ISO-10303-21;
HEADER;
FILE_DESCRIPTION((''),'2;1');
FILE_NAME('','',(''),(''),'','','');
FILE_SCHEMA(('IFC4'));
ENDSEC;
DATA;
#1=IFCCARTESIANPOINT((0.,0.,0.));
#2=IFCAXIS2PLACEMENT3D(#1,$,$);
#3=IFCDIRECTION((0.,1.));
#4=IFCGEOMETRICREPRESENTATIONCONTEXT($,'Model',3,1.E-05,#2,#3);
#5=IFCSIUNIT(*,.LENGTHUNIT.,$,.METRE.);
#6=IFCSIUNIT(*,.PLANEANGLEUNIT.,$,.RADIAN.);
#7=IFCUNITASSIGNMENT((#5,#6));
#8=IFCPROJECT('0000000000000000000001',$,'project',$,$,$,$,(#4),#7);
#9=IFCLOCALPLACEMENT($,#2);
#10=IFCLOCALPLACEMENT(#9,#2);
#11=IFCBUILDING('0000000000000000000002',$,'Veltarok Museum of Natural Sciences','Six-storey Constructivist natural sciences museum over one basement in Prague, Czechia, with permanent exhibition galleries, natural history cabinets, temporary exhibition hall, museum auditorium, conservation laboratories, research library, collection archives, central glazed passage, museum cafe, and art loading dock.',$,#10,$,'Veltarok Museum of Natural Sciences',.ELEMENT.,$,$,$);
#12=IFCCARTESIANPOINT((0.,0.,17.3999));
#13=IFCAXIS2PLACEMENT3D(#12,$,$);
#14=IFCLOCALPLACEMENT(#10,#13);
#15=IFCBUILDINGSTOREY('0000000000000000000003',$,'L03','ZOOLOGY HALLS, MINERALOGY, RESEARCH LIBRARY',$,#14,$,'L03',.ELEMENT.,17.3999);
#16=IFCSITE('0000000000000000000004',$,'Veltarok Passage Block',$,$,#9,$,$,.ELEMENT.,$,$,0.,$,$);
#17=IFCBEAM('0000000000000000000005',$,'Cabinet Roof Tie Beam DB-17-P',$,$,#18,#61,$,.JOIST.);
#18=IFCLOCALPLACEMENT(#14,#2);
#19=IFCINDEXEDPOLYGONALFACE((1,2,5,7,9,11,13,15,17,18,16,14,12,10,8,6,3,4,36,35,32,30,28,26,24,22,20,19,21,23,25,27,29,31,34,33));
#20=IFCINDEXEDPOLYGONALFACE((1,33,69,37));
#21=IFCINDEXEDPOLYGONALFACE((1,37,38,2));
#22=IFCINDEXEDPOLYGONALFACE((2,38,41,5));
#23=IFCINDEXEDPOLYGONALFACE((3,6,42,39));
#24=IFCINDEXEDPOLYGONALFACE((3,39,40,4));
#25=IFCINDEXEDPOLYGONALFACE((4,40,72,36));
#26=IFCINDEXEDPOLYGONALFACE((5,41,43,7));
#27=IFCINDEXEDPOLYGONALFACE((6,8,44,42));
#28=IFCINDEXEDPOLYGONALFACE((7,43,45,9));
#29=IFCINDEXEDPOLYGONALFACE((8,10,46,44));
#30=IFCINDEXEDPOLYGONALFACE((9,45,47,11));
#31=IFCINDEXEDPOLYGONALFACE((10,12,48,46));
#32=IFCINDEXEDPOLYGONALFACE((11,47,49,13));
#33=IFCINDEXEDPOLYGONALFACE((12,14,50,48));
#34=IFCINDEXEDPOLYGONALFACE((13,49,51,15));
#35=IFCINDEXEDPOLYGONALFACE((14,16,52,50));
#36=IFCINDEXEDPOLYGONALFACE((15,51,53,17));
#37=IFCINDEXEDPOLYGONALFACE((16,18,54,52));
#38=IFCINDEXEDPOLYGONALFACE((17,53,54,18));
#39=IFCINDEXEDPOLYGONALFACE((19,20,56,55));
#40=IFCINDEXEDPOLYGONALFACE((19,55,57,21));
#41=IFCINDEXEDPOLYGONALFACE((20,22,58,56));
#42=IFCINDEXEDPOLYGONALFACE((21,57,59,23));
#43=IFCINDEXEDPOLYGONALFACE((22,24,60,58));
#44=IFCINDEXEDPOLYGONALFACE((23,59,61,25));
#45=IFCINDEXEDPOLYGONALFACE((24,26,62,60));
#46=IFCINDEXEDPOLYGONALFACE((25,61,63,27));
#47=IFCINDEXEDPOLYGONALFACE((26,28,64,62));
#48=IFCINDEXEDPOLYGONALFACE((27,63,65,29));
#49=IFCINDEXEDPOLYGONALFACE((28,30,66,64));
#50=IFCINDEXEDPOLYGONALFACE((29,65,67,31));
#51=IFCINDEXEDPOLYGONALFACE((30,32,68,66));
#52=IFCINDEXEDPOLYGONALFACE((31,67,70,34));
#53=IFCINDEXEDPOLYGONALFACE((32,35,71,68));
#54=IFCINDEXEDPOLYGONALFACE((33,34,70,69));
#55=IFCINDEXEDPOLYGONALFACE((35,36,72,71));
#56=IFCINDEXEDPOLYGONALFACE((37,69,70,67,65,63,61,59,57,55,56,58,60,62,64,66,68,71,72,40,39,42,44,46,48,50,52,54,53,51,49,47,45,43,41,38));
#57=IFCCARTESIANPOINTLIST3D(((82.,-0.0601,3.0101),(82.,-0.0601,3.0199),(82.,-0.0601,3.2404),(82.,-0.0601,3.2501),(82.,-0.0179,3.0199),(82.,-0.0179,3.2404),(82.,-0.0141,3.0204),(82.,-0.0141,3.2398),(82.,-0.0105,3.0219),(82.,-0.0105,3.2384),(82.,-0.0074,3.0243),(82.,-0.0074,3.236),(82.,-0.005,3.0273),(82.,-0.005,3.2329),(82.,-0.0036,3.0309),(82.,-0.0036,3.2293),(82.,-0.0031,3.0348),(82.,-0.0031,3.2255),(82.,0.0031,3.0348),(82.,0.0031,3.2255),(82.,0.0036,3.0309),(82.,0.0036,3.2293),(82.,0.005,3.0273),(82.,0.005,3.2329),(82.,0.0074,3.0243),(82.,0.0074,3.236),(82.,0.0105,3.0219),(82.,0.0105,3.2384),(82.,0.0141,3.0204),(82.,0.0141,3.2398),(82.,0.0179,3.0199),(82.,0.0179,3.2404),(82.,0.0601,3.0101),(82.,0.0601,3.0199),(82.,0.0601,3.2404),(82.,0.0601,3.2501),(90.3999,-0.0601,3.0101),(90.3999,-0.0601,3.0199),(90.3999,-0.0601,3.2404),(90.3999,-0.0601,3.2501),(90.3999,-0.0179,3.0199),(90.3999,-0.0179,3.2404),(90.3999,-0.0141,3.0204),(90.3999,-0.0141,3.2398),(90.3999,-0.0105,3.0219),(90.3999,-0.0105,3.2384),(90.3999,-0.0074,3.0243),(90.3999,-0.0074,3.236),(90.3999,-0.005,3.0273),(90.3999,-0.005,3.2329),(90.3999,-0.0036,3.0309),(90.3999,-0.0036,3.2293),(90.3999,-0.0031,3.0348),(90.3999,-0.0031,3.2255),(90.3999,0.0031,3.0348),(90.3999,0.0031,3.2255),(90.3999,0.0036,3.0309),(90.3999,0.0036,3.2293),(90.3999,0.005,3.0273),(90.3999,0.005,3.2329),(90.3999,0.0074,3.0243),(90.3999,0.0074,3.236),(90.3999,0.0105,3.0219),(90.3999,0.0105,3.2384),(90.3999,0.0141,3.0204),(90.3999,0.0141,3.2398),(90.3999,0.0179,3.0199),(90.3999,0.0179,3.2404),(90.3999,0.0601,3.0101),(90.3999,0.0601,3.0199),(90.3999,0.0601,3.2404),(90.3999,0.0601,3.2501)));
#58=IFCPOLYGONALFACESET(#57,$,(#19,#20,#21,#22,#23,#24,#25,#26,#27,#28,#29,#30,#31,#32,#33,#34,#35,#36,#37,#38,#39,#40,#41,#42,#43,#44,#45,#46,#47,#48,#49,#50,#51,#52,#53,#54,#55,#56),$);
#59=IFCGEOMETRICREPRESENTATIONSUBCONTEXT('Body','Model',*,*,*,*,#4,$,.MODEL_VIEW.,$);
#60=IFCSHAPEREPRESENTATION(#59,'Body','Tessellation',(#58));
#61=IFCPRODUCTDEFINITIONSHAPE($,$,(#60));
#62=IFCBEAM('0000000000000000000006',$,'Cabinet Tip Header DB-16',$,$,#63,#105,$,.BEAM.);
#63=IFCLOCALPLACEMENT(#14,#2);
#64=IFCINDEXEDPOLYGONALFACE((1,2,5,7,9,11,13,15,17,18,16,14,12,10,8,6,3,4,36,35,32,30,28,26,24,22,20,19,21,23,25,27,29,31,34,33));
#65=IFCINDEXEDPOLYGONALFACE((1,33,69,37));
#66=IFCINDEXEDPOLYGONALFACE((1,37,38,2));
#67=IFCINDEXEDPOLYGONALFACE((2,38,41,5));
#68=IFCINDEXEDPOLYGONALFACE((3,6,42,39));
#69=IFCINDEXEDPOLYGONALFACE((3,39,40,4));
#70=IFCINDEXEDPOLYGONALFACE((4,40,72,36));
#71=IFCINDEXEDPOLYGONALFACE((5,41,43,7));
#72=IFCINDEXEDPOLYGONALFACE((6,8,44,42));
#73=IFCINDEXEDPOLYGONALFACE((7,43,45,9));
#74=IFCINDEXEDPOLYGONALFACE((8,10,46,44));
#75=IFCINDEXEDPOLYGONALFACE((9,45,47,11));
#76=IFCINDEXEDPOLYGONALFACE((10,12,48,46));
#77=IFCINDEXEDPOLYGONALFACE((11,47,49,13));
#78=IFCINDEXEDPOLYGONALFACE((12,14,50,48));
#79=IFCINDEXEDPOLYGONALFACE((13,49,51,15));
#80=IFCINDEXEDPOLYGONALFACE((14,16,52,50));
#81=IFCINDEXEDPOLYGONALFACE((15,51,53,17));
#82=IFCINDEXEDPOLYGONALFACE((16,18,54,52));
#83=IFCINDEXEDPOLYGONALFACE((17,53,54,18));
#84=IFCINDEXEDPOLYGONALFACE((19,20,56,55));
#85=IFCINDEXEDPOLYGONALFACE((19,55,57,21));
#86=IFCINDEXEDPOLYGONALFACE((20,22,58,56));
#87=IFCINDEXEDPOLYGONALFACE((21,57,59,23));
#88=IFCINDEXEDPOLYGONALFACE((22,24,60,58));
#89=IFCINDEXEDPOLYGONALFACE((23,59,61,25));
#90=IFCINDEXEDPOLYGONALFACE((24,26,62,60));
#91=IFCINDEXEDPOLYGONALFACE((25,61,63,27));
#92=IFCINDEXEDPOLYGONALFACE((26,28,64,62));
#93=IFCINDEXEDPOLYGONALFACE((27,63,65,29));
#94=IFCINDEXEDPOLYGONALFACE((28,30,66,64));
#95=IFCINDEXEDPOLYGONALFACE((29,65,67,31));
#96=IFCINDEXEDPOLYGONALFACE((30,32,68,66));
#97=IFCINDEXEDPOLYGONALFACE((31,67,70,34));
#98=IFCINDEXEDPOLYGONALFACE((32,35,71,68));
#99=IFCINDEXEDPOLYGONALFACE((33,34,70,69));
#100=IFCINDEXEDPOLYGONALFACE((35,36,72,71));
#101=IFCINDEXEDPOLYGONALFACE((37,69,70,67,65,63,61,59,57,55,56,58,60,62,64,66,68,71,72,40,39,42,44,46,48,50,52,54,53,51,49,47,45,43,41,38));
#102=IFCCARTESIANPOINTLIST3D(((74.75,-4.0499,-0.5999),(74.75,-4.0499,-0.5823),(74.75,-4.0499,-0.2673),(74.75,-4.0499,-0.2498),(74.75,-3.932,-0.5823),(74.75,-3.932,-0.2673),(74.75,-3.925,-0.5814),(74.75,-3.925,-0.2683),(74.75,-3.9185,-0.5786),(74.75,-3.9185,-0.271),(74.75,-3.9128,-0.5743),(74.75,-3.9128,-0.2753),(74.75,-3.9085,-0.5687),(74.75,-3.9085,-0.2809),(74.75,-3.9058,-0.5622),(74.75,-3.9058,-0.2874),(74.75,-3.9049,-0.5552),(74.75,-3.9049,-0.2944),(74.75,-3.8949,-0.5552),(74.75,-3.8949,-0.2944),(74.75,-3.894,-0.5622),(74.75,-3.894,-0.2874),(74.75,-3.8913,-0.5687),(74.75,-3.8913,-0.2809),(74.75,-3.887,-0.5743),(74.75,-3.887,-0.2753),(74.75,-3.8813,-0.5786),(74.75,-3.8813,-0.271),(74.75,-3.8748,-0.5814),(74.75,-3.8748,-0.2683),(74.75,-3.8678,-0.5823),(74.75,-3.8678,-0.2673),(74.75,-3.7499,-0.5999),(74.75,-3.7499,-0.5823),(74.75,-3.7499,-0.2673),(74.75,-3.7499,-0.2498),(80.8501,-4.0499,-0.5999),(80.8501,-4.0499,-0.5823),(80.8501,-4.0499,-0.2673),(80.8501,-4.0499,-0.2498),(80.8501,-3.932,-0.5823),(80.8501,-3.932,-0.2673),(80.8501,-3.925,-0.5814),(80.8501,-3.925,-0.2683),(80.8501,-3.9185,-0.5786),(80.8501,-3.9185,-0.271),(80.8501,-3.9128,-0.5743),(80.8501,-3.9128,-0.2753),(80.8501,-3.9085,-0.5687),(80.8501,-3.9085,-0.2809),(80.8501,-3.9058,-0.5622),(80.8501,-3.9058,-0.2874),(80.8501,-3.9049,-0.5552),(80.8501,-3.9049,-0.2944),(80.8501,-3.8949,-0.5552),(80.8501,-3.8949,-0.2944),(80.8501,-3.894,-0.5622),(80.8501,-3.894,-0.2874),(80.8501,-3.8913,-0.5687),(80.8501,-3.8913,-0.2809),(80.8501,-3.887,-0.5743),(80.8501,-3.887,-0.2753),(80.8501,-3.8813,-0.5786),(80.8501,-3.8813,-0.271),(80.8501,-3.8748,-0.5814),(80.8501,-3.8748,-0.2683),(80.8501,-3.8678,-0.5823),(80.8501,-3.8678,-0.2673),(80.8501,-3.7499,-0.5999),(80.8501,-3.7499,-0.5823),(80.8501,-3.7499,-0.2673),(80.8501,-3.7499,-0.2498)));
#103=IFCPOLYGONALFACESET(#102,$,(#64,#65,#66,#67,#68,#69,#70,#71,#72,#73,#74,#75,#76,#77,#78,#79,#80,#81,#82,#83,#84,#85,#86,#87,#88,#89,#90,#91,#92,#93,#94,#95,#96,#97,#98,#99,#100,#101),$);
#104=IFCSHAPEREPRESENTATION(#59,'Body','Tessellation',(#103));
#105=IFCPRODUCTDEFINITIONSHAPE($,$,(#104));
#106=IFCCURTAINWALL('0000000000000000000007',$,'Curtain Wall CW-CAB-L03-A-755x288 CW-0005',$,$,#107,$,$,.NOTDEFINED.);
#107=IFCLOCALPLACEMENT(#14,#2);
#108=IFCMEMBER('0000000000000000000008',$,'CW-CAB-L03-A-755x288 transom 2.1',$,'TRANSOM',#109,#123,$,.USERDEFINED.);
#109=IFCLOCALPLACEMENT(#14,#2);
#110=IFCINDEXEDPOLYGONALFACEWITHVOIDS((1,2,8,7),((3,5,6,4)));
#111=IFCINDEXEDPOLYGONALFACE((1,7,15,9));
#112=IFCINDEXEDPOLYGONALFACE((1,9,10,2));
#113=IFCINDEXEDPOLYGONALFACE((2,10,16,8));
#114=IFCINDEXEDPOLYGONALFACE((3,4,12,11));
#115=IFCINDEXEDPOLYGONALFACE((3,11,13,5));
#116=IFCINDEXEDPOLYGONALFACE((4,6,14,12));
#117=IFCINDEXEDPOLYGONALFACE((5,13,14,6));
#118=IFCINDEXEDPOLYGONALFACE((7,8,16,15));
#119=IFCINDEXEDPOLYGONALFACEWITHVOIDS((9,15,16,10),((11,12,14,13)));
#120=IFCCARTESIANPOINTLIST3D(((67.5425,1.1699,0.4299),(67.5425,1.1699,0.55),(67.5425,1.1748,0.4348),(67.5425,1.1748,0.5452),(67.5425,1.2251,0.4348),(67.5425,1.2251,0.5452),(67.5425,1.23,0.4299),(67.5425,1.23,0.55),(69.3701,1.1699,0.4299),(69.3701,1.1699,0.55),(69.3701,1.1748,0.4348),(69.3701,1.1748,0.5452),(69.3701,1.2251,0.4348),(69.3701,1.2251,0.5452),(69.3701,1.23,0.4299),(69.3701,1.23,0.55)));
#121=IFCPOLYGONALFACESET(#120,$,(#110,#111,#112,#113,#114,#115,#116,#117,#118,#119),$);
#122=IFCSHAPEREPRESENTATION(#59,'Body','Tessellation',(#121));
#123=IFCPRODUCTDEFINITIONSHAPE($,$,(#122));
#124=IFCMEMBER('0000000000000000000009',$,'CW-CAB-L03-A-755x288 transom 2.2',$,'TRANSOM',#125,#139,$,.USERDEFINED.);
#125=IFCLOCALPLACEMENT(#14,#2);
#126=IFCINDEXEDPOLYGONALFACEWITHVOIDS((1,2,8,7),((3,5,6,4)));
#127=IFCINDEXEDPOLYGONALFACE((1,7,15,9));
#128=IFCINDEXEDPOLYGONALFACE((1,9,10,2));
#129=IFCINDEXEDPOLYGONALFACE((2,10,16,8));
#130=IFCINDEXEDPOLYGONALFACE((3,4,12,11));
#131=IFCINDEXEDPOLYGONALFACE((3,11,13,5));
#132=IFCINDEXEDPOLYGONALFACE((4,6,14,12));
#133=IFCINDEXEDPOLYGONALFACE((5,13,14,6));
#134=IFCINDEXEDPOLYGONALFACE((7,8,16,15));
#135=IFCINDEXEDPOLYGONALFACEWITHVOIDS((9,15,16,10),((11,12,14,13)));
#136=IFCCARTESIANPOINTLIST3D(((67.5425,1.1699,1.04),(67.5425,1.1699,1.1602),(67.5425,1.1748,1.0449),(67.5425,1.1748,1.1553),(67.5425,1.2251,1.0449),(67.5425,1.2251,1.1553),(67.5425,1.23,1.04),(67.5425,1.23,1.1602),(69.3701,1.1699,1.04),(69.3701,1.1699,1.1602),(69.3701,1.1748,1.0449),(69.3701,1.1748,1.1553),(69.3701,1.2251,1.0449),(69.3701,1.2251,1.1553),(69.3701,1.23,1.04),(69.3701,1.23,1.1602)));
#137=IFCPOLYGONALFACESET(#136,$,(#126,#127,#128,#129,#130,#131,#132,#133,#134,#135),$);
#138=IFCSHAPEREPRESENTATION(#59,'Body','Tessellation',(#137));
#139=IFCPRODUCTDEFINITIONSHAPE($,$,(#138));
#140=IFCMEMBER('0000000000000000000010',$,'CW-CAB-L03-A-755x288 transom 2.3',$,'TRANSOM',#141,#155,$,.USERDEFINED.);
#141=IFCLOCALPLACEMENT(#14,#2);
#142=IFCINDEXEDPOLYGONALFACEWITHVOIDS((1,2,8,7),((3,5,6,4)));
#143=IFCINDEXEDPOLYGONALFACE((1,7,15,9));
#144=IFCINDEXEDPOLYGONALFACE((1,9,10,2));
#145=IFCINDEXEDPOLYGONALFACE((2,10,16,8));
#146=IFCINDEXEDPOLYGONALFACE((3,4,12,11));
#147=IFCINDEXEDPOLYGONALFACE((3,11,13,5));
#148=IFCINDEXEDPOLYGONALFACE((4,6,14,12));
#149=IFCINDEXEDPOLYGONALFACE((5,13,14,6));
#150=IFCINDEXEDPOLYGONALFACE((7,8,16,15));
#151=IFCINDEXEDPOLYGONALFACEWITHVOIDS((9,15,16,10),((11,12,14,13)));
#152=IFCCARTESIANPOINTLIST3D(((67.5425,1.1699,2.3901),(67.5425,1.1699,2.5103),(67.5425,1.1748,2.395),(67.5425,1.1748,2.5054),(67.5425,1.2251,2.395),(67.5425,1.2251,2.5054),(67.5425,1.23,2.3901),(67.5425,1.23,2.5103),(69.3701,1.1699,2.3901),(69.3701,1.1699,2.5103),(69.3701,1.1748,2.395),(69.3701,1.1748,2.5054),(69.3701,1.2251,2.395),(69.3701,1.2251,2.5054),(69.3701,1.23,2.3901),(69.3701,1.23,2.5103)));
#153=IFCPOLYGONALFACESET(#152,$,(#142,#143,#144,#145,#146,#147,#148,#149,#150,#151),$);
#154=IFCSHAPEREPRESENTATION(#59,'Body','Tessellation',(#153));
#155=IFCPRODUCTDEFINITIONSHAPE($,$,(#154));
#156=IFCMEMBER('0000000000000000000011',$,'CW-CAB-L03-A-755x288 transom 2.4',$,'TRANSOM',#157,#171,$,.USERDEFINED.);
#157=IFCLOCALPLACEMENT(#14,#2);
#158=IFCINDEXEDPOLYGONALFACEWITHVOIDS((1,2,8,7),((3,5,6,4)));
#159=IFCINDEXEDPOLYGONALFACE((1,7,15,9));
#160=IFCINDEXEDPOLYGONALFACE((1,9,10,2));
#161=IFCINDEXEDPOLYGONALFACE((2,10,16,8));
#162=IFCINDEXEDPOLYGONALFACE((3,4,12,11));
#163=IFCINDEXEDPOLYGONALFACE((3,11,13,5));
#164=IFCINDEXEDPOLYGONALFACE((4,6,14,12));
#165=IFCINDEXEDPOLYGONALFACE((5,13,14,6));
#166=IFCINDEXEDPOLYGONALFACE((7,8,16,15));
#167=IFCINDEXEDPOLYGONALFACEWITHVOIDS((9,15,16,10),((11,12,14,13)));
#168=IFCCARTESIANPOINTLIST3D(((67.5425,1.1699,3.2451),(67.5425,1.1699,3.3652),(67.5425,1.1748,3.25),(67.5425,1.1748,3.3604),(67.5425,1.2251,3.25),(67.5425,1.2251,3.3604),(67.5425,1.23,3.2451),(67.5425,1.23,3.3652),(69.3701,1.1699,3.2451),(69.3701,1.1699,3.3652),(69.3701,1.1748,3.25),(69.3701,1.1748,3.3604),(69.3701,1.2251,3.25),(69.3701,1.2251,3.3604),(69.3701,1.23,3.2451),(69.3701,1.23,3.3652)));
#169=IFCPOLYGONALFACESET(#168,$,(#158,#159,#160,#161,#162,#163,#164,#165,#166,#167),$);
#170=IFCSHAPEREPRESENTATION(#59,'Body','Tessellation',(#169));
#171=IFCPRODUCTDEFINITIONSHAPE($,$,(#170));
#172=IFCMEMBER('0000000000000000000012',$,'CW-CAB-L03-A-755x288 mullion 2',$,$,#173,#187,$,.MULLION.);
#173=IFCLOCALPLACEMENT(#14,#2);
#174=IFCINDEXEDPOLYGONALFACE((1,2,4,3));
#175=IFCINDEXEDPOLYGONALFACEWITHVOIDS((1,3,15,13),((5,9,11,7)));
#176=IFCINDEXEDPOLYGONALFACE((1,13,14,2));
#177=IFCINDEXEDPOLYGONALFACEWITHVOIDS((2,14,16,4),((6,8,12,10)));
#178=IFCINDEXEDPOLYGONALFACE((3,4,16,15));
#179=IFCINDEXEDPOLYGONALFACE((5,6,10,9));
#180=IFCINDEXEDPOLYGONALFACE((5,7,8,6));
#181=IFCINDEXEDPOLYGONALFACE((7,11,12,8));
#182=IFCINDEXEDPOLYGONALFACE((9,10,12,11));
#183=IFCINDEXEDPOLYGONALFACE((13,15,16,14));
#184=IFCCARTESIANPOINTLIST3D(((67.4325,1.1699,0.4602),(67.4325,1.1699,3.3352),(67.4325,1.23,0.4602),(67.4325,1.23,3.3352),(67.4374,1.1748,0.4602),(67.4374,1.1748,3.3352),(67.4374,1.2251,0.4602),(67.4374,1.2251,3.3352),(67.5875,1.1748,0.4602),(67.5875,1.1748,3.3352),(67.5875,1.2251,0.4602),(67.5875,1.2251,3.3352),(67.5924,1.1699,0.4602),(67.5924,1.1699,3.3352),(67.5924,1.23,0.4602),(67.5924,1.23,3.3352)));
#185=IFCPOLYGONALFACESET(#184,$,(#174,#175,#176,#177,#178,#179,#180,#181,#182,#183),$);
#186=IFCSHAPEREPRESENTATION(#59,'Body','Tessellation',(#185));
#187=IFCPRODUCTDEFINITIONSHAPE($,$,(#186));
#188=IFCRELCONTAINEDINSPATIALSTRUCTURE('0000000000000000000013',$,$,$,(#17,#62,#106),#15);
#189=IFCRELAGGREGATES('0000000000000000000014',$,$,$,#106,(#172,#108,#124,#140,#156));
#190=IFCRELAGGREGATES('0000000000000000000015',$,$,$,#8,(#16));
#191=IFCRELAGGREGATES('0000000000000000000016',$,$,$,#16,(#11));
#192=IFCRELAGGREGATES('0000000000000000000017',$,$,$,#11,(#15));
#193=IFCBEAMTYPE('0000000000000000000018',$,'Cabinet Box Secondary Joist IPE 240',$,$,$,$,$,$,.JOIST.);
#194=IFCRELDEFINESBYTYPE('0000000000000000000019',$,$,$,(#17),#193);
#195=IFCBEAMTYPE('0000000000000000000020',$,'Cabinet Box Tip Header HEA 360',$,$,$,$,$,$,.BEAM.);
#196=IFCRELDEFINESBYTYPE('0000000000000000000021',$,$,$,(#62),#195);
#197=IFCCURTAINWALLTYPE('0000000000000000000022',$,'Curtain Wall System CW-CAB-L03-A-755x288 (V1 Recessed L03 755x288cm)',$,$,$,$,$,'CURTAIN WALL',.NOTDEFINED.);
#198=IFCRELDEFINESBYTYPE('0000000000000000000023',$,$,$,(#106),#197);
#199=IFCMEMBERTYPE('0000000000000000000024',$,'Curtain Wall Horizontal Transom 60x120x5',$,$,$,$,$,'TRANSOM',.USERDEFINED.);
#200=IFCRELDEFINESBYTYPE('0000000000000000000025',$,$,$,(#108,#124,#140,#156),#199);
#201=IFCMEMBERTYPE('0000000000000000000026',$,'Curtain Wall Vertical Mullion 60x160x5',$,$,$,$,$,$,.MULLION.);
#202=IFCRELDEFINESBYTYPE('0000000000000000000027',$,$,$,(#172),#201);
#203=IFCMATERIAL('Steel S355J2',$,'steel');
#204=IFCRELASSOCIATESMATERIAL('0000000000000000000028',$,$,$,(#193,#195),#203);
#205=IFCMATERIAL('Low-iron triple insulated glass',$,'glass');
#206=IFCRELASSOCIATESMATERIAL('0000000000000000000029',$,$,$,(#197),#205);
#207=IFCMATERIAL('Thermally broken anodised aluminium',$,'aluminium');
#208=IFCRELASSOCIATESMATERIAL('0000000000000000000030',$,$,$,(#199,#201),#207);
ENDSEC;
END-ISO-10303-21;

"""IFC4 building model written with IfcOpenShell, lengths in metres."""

from ifc_helpers import new_model, si_unit, direction, frame, origin, origin_2d, place, context, subcontext, project, spatial, hollow_rectangle, i_section, extrude, material, material_profile, profile_set, type_object, element, aggregate, save


model = new_model("IFC4")

# Units and contexts
model_context = context("Model", 3, precision=1e-05, world=origin(), true_north=direction((0.0, 1.0)))
body_context = subcontext(model_context, "Body", "Model", "MODEL_VIEW")
ifc_project = project(units=[si_unit("LENGTHUNIT", "METRE"), si_unit("PLANEANGLEUNIT", "RADIAN")], contexts=[model_context])

# Site, building, storey
site_placement = place(None, origin())
site = spatial("IfcSite", under=ifc_project, at=site_placement, Name="Veltarok Passage Block", CompositionType="ELEMENT", RefElevation=0.0)
building_placement = place(site_placement, origin())
building = spatial("IfcBuilding", under=site, at=building_placement, Name="Veltarok Museum of Natural Sciences", Description="Six-storey Constructivist natural sciences museum over one basement in Prague, Czechia, with permanent exhibition galleries, natural history cabinets, temporary exhibition hall, museum auditorium, conservation laboratories, research library, collection archives, central glazed passage, museum cafe, and art loading dock.", LongName="Veltarok Museum of Natural Sciences", CompositionType="ELEMENT")
storey_placement = place(building_placement, frame((0.0, 0.0, 17.3999)))
storey = spatial("IfcBuildingStorey", under=building, at=storey_placement, Name="L03", Description="ZOOLOGY HALLS, MINERALOGY, RESEARCH LIBRARY", LongName="L03", CompositionType="ELEMENT", Elevation=17.3999)

# Beams
ifc_material_1 = material(Name="Steel S355J2", Category="steel")
ifc_material_profile_1 = material_profile(ifc_material_1, i_section(OverallWidth=0.1201, OverallDepth=0.24, WebThickness=0.0061, FlangeThickness=0.0098, FilletRadius=0.0149, at=origin_2d()), Name="IPE 240")
ifc_profile_set_1 = profile_set([ifc_material_profile_1], Name="Steel S355J2")
beam_type_1 = type_object("IfcBeamType", Name="Cabinet Box Secondary Joist IPE 240", PredefinedType="JOIST", material=ifc_profile_set_1)
beam_1_placement = place(storey_placement, frame((82.0, 0.0, 3.1301), z_axis=(1.0, 0.0, 0.0), x_axis=(0.0, 1.0, 0.0)))
element("IfcBeam", 1, at=beam_1_placement, inside=storey, type_object=beam_type_1, Name="Cabinet Roof Tie Beam DB-17-P", PredefinedType="JOIST", context=body_context, shape_type="SweptSolid", body=[
    extrude(i_section(OverallWidth=0.1201, OverallDepth=0.24, WebThickness=0.0061, FlangeThickness=0.0098, FilletRadius=0.0149, at=origin_2d()), origin(), (0.0, 0.0, 1.0), 8.3999),
])
ifc_material_profile_2 = material_profile(ifc_material_1, i_section(OverallWidth=0.3, OverallDepth=0.3501, WebThickness=0.01, FlangeThickness=0.0176, FilletRadius=0.0271, at=origin_2d()), Name="HEA 360")
ifc_profile_set_2 = profile_set([ifc_material_profile_2], Name="Steel S355J2")
beam_type_2 = type_object("IfcBeamType", Name="Cabinet Box Tip Header HEA 360", PredefinedType="BEAM", material=ifc_profile_set_2)
beam_2_placement = place(storey_placement, frame((74.75, -3.8999, -0.4248), z_axis=(1.0, 0.0, 0.0), x_axis=(0.0, 1.0, 0.0)))
element("IfcBeam", 2, at=beam_2_placement, inside=storey, type_object=beam_type_2, Name="Cabinet Tip Header DB-16", PredefinedType="BEAM", context=body_context, shape_type="SweptSolid", body=[
    extrude(i_section(OverallWidth=0.3, OverallDepth=0.3501, WebThickness=0.01, FlangeThickness=0.0176, FilletRadius=0.0271, at=origin_2d()), origin(), (0.0, 0.0, 1.0), 6.1001),
])

# Curtain wall, members
ifc_material_2 = material(Name="Low-iron triple insulated glass", Category="glass")
curtain_wall_type = type_object("IfcCurtainWallType", Name="Curtain Wall System CW-CAB-L03-A-755x288 (V1 Recessed L03 755x288cm)", ElementType="CURTAIN WALL", PredefinedType="NOTDEFINED", material=ifc_material_2)
curtain_wall_placement = place(storey_placement, origin())
curtain_wall = element("IfcCurtainWall", 3, at=curtain_wall_placement, inside=storey, type_object=curtain_wall_type, Name="Curtain Wall CW-CAB-L03-A-755x288 CW-0005", PredefinedType="NOTDEFINED")
ifc_material_3 = material(Name="Thermally broken anodised aluminium", Category="aluminium")
ifc_material_profile_3 = material_profile(ifc_material_3, hollow_rectangle(XDim=0.0601, YDim=0.1201, WallThickness=0.0049, at=origin_2d()), Name="CW TRANSOM 60x120x5")
ifc_profile_set_3 = profile_set([ifc_material_profile_3], Name="Thermally broken anodised aluminium")
member_type_1 = type_object("IfcMemberType", Name="Curtain Wall Horizontal Transom 60x120x5", ElementType="TRANSOM", PredefinedType="USERDEFINED", material=ifc_profile_set_3)
member_1_placement = place(storey_placement, frame((67.5425, 1.2, 0.49), z_axis=(1.0, 0.0, 0.0), x_axis=(0.0, 1.0, 0.0)))
member_1 = element("IfcMember", 4, at=member_1_placement, type_object=member_type_1, Name="CW-CAB-L03-A-755x288 transom 2.1", ObjectType="TRANSOM", PredefinedType="USERDEFINED", context=body_context, shape_type="SweptSolid", body=[
    extrude(hollow_rectangle(XDim=0.0601, YDim=0.1201, WallThickness=0.0049, at=origin_2d()), origin(), (0.0, 0.0, 1.0), 1.8276),
])
member_2_placement = place(storey_placement, frame((67.5425, 1.2, 1.1001), z_axis=(1.0, 0.0, 0.0), x_axis=(0.0, 1.0, 0.0)))
member_2 = element("IfcMember", 5, at=member_2_placement, type_object=member_type_1, Name="CW-CAB-L03-A-755x288 transom 2.2", ObjectType="TRANSOM", PredefinedType="USERDEFINED", context=body_context, shape_type="SweptSolid", body=[
    extrude(hollow_rectangle(XDim=0.0601, YDim=0.1201, WallThickness=0.0049, at=origin_2d()), origin(), (0.0, 0.0, 1.0), 1.8276),
])
member_3_placement = place(storey_placement, frame((67.5425, 1.2, 2.4502), z_axis=(1.0, 0.0, 0.0), x_axis=(0.0, 1.0, 0.0)))
member_3 = element("IfcMember", 6, at=member_3_placement, type_object=member_type_1, Name="CW-CAB-L03-A-755x288 transom 2.3", ObjectType="TRANSOM", PredefinedType="USERDEFINED", context=body_context, shape_type="SweptSolid", body=[
    extrude(hollow_rectangle(XDim=0.0601, YDim=0.1201, WallThickness=0.0049, at=origin_2d()), origin(), (0.0, 0.0, 1.0), 1.8276),
])
member_4_placement = place(storey_placement, frame((67.5425, 1.2, 3.3052), z_axis=(1.0, 0.0, 0.0), x_axis=(0.0, 1.0, 0.0)))
member_4 = element("IfcMember", 7, at=member_4_placement, type_object=member_type_1, Name="CW-CAB-L03-A-755x288 transom 2.4", ObjectType="TRANSOM", PredefinedType="USERDEFINED", context=body_context, shape_type="SweptSolid", body=[
    extrude(hollow_rectangle(XDim=0.0601, YDim=0.1201, WallThickness=0.0049, at=origin_2d()), origin(), (0.0, 0.0, 1.0), 1.8276),
])
ifc_material_profile_4 = material_profile(ifc_material_3, hollow_rectangle(XDim=0.0601, YDim=0.1599, WallThickness=0.0049, at=origin_2d()), Name="CW MULLION 60x160x5")
ifc_profile_set_4 = profile_set([ifc_material_profile_4], Name="Thermally broken anodised aluminium")
member_type_2 = type_object("IfcMemberType", Name="Curtain Wall Vertical Mullion 60x160x5", PredefinedType="MULLION", material=ifc_profile_set_4)
member_5_placement = place(storey_placement, frame((67.5125, 1.2, 0.4602), z_axis=(0.0, 0.0, 1.0), x_axis=(0.0, 1.0, 0.0)))
member_5 = element("IfcMember", 8, at=member_5_placement, type_object=member_type_2, Name="CW-CAB-L03-A-755x288 mullion 2", PredefinedType="MULLION", context=body_context, shape_type="SweptSolid", body=[
    extrude(hollow_rectangle(XDim=0.0601, YDim=0.1599, WallThickness=0.0049, at=origin_2d()), origin(), (0.0, 0.0, 1.0), 2.875),
])

aggregate(curtain_wall, [member_5, member_1, member_2, member_3, member_4])

save(model, "model.ifc")
